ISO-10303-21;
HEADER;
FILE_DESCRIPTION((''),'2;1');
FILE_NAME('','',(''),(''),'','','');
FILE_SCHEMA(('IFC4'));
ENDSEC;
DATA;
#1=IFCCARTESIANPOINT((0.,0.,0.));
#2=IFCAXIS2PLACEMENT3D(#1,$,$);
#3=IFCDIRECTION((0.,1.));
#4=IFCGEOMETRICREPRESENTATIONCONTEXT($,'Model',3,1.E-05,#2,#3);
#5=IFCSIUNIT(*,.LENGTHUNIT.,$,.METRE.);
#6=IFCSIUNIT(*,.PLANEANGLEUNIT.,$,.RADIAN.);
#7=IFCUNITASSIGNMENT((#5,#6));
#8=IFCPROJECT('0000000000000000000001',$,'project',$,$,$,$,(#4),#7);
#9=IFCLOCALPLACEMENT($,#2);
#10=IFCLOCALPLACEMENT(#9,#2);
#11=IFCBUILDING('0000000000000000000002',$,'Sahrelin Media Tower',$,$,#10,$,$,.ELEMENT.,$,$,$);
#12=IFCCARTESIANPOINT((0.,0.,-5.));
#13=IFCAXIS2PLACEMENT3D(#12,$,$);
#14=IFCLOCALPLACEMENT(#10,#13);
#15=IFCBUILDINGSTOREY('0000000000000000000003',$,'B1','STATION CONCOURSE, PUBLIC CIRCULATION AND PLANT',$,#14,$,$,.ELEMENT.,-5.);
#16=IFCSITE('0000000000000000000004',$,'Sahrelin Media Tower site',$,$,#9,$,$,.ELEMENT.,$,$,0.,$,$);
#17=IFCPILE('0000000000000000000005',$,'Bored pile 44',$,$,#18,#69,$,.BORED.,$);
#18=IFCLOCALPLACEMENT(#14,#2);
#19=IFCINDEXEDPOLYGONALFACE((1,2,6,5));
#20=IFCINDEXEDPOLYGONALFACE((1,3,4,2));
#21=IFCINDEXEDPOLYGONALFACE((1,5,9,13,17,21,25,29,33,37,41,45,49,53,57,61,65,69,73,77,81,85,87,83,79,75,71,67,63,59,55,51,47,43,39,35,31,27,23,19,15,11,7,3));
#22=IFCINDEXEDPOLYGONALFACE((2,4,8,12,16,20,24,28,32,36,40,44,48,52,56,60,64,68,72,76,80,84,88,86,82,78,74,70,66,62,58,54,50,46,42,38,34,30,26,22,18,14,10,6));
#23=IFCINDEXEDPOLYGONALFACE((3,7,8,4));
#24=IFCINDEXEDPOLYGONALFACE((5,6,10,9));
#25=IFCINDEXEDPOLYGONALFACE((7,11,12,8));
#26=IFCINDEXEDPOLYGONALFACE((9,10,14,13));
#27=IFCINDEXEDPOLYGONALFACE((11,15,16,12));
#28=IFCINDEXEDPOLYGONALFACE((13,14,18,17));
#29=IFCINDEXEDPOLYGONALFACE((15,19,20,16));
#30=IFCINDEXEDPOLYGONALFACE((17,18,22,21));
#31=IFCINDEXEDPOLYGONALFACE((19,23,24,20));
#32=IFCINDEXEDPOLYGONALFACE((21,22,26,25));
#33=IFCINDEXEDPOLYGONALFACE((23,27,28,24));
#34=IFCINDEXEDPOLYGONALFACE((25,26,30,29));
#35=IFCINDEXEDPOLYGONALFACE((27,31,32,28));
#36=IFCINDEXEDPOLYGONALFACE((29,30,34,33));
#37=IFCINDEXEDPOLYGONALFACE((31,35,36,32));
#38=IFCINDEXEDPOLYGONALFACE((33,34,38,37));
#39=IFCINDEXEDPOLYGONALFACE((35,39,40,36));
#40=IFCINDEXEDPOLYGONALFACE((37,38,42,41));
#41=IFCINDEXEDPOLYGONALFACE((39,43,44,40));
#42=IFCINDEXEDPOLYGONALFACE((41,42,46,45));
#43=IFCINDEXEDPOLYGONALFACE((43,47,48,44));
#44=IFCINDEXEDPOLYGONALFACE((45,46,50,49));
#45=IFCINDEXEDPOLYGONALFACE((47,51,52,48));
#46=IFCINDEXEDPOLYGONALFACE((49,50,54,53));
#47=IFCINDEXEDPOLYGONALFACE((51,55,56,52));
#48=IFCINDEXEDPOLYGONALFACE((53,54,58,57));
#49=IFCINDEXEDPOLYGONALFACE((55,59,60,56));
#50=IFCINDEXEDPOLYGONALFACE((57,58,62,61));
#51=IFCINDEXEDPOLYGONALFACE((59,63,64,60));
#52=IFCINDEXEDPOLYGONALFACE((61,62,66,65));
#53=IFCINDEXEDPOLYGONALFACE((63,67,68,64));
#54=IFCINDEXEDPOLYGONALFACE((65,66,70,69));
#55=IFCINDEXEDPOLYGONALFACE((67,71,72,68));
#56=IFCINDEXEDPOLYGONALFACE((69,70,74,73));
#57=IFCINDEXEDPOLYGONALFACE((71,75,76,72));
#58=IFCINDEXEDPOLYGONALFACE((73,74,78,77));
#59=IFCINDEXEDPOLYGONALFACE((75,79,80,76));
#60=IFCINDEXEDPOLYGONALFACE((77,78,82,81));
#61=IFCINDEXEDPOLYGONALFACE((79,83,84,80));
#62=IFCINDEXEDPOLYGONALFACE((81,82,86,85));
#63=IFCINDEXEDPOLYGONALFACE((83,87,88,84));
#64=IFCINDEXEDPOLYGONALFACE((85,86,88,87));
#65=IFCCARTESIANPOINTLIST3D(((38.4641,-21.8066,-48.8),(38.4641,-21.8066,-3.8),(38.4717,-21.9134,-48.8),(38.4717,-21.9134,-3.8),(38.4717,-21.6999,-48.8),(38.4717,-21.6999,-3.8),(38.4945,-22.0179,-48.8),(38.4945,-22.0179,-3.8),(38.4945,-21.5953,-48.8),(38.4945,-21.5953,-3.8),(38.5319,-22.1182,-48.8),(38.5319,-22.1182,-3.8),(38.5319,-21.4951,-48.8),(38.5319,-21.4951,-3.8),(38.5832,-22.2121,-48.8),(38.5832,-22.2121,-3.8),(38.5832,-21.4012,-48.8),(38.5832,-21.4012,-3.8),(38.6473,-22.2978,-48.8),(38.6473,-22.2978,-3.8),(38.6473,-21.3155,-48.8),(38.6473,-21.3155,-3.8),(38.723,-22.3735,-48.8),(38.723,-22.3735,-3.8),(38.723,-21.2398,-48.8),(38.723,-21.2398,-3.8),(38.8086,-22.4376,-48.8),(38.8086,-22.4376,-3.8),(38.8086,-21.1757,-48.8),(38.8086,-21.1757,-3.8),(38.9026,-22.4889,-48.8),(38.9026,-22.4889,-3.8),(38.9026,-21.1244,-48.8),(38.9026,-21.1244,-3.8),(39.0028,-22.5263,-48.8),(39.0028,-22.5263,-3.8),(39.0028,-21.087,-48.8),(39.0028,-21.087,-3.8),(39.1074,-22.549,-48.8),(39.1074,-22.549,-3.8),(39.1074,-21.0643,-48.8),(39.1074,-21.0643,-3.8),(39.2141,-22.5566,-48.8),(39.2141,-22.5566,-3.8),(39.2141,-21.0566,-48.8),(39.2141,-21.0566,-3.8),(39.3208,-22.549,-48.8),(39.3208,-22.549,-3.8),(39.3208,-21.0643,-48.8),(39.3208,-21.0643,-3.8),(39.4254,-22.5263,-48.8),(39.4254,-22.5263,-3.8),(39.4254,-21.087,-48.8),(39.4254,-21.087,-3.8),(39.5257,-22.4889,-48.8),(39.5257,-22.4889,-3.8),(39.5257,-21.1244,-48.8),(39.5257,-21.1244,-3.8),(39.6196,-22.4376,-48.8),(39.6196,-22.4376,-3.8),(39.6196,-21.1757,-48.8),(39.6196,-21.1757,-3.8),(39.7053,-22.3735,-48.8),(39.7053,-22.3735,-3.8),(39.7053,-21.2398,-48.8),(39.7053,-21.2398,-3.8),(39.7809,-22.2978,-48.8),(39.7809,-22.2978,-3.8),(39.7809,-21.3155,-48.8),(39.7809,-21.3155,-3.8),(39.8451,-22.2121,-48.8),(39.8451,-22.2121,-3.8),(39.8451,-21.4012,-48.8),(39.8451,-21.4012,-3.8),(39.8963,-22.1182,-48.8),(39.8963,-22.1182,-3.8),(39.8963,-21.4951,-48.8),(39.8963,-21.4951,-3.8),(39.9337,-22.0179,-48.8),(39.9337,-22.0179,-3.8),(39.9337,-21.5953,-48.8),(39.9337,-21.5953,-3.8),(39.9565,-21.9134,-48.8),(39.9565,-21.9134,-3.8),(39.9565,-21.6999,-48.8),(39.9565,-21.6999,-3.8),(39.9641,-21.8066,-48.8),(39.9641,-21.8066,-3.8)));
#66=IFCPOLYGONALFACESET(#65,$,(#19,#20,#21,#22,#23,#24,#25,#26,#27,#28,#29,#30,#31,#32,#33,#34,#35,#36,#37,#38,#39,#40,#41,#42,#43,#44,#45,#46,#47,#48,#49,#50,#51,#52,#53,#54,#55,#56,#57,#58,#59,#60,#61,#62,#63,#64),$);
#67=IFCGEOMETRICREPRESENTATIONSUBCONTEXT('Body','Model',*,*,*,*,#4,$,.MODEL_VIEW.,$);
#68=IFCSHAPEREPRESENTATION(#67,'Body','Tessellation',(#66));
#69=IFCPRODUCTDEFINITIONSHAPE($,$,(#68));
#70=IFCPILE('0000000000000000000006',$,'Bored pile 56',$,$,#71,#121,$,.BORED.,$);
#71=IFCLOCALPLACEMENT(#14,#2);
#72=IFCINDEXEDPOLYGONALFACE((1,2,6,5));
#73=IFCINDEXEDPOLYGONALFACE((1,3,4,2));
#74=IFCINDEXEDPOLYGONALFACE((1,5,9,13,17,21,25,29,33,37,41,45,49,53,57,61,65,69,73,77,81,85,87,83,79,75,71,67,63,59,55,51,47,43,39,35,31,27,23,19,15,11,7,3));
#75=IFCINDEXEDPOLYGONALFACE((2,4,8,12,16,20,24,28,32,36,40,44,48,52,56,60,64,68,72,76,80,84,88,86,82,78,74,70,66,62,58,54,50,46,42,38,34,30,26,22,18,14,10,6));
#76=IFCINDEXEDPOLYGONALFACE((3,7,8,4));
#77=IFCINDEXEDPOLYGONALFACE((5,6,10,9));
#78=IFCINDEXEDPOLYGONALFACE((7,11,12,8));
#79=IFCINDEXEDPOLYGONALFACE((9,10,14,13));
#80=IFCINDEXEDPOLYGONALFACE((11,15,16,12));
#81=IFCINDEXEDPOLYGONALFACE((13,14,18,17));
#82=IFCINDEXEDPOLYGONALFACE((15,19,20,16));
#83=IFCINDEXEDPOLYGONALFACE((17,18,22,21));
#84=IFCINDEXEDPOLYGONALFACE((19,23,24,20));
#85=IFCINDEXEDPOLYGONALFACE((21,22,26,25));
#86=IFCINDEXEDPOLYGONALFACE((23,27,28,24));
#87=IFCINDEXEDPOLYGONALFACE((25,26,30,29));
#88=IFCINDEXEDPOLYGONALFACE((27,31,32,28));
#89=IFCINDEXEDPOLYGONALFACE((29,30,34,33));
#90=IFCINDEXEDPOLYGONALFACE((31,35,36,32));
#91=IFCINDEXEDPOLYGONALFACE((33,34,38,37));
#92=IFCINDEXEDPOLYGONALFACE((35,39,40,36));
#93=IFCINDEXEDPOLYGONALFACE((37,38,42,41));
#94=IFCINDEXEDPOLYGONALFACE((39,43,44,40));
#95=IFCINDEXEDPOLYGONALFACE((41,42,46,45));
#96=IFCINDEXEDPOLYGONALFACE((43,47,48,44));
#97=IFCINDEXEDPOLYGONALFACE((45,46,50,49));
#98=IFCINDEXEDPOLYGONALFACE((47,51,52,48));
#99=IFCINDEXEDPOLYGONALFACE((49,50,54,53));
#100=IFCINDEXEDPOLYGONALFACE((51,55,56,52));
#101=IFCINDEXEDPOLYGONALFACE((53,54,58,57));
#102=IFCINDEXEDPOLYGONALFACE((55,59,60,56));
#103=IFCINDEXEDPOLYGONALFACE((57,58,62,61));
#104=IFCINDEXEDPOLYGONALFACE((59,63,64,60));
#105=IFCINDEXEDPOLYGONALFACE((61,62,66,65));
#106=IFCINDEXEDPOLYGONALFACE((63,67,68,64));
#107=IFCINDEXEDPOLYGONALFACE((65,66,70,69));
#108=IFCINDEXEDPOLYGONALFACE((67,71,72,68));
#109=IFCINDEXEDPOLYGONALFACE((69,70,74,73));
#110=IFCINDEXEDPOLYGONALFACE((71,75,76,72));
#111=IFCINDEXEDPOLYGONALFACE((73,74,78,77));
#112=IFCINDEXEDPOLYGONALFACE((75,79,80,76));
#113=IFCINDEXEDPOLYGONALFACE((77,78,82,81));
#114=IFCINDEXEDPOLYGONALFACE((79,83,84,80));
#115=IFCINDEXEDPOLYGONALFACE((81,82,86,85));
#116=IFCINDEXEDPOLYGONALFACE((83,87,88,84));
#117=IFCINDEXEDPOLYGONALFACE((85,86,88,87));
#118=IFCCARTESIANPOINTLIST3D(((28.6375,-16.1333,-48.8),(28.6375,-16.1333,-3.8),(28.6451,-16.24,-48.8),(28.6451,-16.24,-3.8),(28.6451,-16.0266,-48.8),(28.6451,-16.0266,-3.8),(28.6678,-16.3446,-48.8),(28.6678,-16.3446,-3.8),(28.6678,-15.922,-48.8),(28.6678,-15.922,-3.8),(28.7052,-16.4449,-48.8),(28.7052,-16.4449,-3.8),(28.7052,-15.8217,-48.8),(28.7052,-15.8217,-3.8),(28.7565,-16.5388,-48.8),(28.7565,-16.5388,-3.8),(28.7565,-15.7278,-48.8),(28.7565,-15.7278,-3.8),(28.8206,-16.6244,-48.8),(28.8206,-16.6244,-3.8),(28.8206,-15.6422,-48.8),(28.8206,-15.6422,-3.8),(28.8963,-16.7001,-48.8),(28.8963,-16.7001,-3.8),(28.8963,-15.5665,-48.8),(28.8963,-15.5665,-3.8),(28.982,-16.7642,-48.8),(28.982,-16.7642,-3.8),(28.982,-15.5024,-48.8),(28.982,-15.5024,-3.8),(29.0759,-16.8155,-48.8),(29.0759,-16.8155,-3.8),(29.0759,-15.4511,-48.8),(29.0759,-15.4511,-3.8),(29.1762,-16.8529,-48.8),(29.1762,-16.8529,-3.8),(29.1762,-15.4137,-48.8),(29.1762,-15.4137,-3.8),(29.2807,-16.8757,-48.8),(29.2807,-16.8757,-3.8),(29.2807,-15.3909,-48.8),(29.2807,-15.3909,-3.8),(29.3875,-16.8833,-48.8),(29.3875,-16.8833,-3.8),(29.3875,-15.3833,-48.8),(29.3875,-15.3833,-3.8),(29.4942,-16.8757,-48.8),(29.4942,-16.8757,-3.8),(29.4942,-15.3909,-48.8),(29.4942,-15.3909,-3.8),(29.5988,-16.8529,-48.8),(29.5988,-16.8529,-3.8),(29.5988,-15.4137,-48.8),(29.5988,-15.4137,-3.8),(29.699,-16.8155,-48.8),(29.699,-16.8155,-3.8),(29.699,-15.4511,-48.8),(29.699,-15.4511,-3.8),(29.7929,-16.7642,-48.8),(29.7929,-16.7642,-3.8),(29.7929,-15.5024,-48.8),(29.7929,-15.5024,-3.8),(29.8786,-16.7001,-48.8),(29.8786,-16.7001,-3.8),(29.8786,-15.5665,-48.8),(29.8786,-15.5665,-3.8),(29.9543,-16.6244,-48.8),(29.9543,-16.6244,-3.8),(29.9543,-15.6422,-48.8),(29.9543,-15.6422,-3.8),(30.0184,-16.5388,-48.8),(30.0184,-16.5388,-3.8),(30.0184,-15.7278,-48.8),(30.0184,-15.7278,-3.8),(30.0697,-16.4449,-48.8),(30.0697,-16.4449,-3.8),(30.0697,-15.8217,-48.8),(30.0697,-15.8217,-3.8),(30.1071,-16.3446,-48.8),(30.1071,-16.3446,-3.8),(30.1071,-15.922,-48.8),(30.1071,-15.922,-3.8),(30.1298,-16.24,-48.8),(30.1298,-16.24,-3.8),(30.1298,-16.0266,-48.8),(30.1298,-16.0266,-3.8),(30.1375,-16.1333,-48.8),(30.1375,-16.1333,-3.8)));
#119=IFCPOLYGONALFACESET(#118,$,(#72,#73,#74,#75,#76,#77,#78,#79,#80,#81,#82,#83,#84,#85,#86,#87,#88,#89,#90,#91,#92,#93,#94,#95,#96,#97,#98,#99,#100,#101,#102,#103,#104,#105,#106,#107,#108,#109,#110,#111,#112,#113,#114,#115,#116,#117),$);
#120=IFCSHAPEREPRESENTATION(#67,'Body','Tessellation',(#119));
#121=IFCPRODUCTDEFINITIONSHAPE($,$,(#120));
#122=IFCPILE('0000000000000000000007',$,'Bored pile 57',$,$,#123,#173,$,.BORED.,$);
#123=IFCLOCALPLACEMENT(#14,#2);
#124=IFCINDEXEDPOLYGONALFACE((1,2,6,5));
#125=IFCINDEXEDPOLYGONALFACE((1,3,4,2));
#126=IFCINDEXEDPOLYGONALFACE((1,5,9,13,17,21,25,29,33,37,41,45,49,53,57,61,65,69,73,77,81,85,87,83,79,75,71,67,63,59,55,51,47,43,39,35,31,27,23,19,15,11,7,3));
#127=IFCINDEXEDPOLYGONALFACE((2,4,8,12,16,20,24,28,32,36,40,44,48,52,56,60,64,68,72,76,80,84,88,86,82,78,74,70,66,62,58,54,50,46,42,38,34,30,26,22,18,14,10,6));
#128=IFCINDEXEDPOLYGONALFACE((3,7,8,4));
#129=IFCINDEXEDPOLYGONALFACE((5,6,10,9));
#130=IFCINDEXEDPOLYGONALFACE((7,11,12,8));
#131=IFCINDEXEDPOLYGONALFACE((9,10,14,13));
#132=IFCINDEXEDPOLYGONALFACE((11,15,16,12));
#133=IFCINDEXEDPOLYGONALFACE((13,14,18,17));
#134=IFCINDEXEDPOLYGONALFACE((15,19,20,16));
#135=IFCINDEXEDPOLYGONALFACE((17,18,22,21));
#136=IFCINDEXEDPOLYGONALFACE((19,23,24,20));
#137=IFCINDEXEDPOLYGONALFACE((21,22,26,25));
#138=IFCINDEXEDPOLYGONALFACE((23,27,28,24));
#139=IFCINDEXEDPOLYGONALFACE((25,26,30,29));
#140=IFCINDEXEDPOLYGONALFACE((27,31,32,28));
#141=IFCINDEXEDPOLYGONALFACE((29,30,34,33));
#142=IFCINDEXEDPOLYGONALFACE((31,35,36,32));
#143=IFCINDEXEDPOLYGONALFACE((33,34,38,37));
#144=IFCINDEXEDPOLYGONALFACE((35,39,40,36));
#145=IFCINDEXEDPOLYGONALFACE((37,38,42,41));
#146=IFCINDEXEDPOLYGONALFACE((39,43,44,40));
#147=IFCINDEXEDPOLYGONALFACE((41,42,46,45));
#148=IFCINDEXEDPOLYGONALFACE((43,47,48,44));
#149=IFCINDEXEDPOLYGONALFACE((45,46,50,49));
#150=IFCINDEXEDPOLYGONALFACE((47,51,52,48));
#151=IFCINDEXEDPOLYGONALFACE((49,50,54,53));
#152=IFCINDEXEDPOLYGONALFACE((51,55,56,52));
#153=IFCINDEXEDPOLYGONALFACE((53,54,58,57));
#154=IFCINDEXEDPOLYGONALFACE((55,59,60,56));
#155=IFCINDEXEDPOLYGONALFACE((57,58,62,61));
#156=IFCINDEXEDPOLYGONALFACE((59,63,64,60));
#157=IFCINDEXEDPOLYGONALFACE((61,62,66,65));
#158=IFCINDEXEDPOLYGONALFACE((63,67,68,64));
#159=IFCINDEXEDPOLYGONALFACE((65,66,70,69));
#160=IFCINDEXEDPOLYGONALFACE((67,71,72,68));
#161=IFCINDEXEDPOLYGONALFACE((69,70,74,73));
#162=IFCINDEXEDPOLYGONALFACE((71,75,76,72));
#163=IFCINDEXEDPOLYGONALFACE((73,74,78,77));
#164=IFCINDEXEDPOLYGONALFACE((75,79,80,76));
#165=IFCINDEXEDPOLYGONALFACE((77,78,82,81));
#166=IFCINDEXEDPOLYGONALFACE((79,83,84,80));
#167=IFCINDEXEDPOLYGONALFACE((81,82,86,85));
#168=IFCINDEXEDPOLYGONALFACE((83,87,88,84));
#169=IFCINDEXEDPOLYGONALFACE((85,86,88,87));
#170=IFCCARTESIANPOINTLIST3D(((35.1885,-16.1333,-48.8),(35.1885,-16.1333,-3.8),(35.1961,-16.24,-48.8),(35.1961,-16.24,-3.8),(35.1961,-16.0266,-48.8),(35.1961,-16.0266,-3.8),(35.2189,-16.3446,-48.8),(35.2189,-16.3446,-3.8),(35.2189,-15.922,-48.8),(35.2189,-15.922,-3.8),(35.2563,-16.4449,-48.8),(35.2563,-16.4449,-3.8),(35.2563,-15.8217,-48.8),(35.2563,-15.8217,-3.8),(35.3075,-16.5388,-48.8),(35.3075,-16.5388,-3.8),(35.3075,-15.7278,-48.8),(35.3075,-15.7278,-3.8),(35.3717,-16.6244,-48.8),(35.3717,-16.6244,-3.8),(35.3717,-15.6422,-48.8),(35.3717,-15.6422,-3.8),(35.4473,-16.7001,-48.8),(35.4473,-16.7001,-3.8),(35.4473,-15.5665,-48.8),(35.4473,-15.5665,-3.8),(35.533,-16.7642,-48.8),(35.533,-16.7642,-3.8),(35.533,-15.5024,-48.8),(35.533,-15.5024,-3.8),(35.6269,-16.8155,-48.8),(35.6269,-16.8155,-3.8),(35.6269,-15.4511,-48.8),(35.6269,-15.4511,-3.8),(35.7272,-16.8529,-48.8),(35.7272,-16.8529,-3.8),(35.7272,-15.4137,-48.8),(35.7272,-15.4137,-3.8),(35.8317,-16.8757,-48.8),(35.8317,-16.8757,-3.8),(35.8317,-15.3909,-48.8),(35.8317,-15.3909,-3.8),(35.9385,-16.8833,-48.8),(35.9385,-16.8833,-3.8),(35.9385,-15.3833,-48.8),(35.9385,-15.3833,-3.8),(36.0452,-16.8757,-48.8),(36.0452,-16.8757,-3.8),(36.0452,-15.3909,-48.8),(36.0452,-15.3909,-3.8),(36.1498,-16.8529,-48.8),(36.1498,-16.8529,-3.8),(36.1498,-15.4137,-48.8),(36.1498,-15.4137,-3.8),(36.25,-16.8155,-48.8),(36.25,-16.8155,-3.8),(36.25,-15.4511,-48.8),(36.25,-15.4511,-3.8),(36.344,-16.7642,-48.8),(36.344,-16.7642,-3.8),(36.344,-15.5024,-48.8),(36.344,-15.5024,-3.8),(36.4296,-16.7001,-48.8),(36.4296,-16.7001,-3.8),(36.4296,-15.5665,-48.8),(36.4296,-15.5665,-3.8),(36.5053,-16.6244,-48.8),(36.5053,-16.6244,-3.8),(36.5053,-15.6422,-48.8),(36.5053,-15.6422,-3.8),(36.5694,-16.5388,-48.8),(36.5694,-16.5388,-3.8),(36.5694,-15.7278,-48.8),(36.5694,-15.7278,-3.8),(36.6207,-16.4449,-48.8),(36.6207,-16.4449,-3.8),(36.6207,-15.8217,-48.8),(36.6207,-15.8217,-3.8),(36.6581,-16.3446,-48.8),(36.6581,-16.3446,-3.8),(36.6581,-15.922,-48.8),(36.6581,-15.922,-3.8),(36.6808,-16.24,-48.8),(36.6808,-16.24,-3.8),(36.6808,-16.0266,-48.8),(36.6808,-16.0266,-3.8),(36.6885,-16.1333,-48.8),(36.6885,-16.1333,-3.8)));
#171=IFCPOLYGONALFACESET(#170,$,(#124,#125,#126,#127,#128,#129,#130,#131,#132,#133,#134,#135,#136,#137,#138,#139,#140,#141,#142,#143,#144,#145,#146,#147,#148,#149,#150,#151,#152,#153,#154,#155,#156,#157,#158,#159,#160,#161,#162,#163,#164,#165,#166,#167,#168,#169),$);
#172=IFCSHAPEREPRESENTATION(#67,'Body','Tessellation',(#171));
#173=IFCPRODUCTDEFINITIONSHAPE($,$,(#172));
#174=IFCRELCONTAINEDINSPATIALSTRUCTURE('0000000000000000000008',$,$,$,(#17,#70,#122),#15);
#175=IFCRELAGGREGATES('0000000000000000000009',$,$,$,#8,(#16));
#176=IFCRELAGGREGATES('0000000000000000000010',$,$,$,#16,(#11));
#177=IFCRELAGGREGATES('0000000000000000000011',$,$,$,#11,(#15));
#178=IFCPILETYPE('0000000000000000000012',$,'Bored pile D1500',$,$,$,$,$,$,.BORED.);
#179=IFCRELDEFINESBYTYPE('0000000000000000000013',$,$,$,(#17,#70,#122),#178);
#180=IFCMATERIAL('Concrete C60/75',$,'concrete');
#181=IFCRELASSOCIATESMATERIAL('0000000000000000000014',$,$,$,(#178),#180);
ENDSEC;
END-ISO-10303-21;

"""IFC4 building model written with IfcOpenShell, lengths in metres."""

from ifc_helpers import new_model, si_unit, direction, frame, origin, origin_2d, place, context, subcontext, project, spatial, circle, extrude, material, material_profile, profile_set, type_object, element, save


model = new_model("IFC4")

# Units and contexts
model_context = context("Model", 3, precision=1e-05, world=origin(), true_north=direction((0.0, 1.0)))
body_context = subcontext(model_context, "Body", "Model", "MODEL_VIEW")
ifc_project = project(units=[si_unit("LENGTHUNIT", "METRE"), si_unit("PLANEANGLEUNIT", "RADIAN")], contexts=[model_context])

# Site, building, storey
site_placement = place(None, origin())
site = spatial("IfcSite", under=ifc_project, at=site_placement, Name="Sahrelin Media Tower site", CompositionType="ELEMENT", RefElevation=0.0)
building_placement = place(site_placement, origin())
building = spatial("IfcBuilding", under=site, at=building_placement, Name="Sahrelin Media Tower", CompositionType="ELEMENT")
storey_placement = place(building_placement, frame((0.0, 0.0, -5.0)))
storey = spatial("IfcBuildingStorey", under=building, at=storey_placement, Name="B1", Description="STATION CONCOURSE, PUBLIC CIRCULATION AND PLANT", CompositionType="ELEMENT", Elevation=-5.0)

# Piles
ifc_material_1 = material(Name="Concrete C60/75", Category="concrete")
ifc_material_profile_1 = material_profile(ifc_material_1, circle(Radius=0.75, at=origin_2d()), Name="Bored pile D1500")
ifc_profile_set_1 = profile_set([ifc_material_profile_1], Name="Concrete C60/75")
pile_type = type_object("IfcPileType", Name="Bored pile D1500", PredefinedType="BORED", material=ifc_profile_set_1)
for number, where, z_axis, x_axis, name in (
    (1, (39.2141, -21.8066, -3.8), (0.0, 0.0, -1.0), (1.0, 0.0, 0.0), "Bored pile 44"),
    (2, (29.3875, -16.1333, -3.8), (0.0, 0.0, -1.0), (1.0, 0.0, 0.0), "Bored pile 56"),
    (3, (35.9385, -16.1333, -3.8), (0.0, 0.0, -1.0), (1.0, 0.0, 0.0), "Bored pile 57"),
):
    element("IfcPile", number, at=place(storey_placement, frame(where, z_axis=z_axis, x_axis=x_axis)), inside=storey, type_object=pile_type, Name=name, PredefinedType="BORED", context=body_context, shape_type="SweptSolid", body=[
        extrude(circle(Radius=0.75, at=origin_2d()), origin(), (0.0, 0.0, 1.0), 45.0),
    ])

save(model, "model.ifc")
